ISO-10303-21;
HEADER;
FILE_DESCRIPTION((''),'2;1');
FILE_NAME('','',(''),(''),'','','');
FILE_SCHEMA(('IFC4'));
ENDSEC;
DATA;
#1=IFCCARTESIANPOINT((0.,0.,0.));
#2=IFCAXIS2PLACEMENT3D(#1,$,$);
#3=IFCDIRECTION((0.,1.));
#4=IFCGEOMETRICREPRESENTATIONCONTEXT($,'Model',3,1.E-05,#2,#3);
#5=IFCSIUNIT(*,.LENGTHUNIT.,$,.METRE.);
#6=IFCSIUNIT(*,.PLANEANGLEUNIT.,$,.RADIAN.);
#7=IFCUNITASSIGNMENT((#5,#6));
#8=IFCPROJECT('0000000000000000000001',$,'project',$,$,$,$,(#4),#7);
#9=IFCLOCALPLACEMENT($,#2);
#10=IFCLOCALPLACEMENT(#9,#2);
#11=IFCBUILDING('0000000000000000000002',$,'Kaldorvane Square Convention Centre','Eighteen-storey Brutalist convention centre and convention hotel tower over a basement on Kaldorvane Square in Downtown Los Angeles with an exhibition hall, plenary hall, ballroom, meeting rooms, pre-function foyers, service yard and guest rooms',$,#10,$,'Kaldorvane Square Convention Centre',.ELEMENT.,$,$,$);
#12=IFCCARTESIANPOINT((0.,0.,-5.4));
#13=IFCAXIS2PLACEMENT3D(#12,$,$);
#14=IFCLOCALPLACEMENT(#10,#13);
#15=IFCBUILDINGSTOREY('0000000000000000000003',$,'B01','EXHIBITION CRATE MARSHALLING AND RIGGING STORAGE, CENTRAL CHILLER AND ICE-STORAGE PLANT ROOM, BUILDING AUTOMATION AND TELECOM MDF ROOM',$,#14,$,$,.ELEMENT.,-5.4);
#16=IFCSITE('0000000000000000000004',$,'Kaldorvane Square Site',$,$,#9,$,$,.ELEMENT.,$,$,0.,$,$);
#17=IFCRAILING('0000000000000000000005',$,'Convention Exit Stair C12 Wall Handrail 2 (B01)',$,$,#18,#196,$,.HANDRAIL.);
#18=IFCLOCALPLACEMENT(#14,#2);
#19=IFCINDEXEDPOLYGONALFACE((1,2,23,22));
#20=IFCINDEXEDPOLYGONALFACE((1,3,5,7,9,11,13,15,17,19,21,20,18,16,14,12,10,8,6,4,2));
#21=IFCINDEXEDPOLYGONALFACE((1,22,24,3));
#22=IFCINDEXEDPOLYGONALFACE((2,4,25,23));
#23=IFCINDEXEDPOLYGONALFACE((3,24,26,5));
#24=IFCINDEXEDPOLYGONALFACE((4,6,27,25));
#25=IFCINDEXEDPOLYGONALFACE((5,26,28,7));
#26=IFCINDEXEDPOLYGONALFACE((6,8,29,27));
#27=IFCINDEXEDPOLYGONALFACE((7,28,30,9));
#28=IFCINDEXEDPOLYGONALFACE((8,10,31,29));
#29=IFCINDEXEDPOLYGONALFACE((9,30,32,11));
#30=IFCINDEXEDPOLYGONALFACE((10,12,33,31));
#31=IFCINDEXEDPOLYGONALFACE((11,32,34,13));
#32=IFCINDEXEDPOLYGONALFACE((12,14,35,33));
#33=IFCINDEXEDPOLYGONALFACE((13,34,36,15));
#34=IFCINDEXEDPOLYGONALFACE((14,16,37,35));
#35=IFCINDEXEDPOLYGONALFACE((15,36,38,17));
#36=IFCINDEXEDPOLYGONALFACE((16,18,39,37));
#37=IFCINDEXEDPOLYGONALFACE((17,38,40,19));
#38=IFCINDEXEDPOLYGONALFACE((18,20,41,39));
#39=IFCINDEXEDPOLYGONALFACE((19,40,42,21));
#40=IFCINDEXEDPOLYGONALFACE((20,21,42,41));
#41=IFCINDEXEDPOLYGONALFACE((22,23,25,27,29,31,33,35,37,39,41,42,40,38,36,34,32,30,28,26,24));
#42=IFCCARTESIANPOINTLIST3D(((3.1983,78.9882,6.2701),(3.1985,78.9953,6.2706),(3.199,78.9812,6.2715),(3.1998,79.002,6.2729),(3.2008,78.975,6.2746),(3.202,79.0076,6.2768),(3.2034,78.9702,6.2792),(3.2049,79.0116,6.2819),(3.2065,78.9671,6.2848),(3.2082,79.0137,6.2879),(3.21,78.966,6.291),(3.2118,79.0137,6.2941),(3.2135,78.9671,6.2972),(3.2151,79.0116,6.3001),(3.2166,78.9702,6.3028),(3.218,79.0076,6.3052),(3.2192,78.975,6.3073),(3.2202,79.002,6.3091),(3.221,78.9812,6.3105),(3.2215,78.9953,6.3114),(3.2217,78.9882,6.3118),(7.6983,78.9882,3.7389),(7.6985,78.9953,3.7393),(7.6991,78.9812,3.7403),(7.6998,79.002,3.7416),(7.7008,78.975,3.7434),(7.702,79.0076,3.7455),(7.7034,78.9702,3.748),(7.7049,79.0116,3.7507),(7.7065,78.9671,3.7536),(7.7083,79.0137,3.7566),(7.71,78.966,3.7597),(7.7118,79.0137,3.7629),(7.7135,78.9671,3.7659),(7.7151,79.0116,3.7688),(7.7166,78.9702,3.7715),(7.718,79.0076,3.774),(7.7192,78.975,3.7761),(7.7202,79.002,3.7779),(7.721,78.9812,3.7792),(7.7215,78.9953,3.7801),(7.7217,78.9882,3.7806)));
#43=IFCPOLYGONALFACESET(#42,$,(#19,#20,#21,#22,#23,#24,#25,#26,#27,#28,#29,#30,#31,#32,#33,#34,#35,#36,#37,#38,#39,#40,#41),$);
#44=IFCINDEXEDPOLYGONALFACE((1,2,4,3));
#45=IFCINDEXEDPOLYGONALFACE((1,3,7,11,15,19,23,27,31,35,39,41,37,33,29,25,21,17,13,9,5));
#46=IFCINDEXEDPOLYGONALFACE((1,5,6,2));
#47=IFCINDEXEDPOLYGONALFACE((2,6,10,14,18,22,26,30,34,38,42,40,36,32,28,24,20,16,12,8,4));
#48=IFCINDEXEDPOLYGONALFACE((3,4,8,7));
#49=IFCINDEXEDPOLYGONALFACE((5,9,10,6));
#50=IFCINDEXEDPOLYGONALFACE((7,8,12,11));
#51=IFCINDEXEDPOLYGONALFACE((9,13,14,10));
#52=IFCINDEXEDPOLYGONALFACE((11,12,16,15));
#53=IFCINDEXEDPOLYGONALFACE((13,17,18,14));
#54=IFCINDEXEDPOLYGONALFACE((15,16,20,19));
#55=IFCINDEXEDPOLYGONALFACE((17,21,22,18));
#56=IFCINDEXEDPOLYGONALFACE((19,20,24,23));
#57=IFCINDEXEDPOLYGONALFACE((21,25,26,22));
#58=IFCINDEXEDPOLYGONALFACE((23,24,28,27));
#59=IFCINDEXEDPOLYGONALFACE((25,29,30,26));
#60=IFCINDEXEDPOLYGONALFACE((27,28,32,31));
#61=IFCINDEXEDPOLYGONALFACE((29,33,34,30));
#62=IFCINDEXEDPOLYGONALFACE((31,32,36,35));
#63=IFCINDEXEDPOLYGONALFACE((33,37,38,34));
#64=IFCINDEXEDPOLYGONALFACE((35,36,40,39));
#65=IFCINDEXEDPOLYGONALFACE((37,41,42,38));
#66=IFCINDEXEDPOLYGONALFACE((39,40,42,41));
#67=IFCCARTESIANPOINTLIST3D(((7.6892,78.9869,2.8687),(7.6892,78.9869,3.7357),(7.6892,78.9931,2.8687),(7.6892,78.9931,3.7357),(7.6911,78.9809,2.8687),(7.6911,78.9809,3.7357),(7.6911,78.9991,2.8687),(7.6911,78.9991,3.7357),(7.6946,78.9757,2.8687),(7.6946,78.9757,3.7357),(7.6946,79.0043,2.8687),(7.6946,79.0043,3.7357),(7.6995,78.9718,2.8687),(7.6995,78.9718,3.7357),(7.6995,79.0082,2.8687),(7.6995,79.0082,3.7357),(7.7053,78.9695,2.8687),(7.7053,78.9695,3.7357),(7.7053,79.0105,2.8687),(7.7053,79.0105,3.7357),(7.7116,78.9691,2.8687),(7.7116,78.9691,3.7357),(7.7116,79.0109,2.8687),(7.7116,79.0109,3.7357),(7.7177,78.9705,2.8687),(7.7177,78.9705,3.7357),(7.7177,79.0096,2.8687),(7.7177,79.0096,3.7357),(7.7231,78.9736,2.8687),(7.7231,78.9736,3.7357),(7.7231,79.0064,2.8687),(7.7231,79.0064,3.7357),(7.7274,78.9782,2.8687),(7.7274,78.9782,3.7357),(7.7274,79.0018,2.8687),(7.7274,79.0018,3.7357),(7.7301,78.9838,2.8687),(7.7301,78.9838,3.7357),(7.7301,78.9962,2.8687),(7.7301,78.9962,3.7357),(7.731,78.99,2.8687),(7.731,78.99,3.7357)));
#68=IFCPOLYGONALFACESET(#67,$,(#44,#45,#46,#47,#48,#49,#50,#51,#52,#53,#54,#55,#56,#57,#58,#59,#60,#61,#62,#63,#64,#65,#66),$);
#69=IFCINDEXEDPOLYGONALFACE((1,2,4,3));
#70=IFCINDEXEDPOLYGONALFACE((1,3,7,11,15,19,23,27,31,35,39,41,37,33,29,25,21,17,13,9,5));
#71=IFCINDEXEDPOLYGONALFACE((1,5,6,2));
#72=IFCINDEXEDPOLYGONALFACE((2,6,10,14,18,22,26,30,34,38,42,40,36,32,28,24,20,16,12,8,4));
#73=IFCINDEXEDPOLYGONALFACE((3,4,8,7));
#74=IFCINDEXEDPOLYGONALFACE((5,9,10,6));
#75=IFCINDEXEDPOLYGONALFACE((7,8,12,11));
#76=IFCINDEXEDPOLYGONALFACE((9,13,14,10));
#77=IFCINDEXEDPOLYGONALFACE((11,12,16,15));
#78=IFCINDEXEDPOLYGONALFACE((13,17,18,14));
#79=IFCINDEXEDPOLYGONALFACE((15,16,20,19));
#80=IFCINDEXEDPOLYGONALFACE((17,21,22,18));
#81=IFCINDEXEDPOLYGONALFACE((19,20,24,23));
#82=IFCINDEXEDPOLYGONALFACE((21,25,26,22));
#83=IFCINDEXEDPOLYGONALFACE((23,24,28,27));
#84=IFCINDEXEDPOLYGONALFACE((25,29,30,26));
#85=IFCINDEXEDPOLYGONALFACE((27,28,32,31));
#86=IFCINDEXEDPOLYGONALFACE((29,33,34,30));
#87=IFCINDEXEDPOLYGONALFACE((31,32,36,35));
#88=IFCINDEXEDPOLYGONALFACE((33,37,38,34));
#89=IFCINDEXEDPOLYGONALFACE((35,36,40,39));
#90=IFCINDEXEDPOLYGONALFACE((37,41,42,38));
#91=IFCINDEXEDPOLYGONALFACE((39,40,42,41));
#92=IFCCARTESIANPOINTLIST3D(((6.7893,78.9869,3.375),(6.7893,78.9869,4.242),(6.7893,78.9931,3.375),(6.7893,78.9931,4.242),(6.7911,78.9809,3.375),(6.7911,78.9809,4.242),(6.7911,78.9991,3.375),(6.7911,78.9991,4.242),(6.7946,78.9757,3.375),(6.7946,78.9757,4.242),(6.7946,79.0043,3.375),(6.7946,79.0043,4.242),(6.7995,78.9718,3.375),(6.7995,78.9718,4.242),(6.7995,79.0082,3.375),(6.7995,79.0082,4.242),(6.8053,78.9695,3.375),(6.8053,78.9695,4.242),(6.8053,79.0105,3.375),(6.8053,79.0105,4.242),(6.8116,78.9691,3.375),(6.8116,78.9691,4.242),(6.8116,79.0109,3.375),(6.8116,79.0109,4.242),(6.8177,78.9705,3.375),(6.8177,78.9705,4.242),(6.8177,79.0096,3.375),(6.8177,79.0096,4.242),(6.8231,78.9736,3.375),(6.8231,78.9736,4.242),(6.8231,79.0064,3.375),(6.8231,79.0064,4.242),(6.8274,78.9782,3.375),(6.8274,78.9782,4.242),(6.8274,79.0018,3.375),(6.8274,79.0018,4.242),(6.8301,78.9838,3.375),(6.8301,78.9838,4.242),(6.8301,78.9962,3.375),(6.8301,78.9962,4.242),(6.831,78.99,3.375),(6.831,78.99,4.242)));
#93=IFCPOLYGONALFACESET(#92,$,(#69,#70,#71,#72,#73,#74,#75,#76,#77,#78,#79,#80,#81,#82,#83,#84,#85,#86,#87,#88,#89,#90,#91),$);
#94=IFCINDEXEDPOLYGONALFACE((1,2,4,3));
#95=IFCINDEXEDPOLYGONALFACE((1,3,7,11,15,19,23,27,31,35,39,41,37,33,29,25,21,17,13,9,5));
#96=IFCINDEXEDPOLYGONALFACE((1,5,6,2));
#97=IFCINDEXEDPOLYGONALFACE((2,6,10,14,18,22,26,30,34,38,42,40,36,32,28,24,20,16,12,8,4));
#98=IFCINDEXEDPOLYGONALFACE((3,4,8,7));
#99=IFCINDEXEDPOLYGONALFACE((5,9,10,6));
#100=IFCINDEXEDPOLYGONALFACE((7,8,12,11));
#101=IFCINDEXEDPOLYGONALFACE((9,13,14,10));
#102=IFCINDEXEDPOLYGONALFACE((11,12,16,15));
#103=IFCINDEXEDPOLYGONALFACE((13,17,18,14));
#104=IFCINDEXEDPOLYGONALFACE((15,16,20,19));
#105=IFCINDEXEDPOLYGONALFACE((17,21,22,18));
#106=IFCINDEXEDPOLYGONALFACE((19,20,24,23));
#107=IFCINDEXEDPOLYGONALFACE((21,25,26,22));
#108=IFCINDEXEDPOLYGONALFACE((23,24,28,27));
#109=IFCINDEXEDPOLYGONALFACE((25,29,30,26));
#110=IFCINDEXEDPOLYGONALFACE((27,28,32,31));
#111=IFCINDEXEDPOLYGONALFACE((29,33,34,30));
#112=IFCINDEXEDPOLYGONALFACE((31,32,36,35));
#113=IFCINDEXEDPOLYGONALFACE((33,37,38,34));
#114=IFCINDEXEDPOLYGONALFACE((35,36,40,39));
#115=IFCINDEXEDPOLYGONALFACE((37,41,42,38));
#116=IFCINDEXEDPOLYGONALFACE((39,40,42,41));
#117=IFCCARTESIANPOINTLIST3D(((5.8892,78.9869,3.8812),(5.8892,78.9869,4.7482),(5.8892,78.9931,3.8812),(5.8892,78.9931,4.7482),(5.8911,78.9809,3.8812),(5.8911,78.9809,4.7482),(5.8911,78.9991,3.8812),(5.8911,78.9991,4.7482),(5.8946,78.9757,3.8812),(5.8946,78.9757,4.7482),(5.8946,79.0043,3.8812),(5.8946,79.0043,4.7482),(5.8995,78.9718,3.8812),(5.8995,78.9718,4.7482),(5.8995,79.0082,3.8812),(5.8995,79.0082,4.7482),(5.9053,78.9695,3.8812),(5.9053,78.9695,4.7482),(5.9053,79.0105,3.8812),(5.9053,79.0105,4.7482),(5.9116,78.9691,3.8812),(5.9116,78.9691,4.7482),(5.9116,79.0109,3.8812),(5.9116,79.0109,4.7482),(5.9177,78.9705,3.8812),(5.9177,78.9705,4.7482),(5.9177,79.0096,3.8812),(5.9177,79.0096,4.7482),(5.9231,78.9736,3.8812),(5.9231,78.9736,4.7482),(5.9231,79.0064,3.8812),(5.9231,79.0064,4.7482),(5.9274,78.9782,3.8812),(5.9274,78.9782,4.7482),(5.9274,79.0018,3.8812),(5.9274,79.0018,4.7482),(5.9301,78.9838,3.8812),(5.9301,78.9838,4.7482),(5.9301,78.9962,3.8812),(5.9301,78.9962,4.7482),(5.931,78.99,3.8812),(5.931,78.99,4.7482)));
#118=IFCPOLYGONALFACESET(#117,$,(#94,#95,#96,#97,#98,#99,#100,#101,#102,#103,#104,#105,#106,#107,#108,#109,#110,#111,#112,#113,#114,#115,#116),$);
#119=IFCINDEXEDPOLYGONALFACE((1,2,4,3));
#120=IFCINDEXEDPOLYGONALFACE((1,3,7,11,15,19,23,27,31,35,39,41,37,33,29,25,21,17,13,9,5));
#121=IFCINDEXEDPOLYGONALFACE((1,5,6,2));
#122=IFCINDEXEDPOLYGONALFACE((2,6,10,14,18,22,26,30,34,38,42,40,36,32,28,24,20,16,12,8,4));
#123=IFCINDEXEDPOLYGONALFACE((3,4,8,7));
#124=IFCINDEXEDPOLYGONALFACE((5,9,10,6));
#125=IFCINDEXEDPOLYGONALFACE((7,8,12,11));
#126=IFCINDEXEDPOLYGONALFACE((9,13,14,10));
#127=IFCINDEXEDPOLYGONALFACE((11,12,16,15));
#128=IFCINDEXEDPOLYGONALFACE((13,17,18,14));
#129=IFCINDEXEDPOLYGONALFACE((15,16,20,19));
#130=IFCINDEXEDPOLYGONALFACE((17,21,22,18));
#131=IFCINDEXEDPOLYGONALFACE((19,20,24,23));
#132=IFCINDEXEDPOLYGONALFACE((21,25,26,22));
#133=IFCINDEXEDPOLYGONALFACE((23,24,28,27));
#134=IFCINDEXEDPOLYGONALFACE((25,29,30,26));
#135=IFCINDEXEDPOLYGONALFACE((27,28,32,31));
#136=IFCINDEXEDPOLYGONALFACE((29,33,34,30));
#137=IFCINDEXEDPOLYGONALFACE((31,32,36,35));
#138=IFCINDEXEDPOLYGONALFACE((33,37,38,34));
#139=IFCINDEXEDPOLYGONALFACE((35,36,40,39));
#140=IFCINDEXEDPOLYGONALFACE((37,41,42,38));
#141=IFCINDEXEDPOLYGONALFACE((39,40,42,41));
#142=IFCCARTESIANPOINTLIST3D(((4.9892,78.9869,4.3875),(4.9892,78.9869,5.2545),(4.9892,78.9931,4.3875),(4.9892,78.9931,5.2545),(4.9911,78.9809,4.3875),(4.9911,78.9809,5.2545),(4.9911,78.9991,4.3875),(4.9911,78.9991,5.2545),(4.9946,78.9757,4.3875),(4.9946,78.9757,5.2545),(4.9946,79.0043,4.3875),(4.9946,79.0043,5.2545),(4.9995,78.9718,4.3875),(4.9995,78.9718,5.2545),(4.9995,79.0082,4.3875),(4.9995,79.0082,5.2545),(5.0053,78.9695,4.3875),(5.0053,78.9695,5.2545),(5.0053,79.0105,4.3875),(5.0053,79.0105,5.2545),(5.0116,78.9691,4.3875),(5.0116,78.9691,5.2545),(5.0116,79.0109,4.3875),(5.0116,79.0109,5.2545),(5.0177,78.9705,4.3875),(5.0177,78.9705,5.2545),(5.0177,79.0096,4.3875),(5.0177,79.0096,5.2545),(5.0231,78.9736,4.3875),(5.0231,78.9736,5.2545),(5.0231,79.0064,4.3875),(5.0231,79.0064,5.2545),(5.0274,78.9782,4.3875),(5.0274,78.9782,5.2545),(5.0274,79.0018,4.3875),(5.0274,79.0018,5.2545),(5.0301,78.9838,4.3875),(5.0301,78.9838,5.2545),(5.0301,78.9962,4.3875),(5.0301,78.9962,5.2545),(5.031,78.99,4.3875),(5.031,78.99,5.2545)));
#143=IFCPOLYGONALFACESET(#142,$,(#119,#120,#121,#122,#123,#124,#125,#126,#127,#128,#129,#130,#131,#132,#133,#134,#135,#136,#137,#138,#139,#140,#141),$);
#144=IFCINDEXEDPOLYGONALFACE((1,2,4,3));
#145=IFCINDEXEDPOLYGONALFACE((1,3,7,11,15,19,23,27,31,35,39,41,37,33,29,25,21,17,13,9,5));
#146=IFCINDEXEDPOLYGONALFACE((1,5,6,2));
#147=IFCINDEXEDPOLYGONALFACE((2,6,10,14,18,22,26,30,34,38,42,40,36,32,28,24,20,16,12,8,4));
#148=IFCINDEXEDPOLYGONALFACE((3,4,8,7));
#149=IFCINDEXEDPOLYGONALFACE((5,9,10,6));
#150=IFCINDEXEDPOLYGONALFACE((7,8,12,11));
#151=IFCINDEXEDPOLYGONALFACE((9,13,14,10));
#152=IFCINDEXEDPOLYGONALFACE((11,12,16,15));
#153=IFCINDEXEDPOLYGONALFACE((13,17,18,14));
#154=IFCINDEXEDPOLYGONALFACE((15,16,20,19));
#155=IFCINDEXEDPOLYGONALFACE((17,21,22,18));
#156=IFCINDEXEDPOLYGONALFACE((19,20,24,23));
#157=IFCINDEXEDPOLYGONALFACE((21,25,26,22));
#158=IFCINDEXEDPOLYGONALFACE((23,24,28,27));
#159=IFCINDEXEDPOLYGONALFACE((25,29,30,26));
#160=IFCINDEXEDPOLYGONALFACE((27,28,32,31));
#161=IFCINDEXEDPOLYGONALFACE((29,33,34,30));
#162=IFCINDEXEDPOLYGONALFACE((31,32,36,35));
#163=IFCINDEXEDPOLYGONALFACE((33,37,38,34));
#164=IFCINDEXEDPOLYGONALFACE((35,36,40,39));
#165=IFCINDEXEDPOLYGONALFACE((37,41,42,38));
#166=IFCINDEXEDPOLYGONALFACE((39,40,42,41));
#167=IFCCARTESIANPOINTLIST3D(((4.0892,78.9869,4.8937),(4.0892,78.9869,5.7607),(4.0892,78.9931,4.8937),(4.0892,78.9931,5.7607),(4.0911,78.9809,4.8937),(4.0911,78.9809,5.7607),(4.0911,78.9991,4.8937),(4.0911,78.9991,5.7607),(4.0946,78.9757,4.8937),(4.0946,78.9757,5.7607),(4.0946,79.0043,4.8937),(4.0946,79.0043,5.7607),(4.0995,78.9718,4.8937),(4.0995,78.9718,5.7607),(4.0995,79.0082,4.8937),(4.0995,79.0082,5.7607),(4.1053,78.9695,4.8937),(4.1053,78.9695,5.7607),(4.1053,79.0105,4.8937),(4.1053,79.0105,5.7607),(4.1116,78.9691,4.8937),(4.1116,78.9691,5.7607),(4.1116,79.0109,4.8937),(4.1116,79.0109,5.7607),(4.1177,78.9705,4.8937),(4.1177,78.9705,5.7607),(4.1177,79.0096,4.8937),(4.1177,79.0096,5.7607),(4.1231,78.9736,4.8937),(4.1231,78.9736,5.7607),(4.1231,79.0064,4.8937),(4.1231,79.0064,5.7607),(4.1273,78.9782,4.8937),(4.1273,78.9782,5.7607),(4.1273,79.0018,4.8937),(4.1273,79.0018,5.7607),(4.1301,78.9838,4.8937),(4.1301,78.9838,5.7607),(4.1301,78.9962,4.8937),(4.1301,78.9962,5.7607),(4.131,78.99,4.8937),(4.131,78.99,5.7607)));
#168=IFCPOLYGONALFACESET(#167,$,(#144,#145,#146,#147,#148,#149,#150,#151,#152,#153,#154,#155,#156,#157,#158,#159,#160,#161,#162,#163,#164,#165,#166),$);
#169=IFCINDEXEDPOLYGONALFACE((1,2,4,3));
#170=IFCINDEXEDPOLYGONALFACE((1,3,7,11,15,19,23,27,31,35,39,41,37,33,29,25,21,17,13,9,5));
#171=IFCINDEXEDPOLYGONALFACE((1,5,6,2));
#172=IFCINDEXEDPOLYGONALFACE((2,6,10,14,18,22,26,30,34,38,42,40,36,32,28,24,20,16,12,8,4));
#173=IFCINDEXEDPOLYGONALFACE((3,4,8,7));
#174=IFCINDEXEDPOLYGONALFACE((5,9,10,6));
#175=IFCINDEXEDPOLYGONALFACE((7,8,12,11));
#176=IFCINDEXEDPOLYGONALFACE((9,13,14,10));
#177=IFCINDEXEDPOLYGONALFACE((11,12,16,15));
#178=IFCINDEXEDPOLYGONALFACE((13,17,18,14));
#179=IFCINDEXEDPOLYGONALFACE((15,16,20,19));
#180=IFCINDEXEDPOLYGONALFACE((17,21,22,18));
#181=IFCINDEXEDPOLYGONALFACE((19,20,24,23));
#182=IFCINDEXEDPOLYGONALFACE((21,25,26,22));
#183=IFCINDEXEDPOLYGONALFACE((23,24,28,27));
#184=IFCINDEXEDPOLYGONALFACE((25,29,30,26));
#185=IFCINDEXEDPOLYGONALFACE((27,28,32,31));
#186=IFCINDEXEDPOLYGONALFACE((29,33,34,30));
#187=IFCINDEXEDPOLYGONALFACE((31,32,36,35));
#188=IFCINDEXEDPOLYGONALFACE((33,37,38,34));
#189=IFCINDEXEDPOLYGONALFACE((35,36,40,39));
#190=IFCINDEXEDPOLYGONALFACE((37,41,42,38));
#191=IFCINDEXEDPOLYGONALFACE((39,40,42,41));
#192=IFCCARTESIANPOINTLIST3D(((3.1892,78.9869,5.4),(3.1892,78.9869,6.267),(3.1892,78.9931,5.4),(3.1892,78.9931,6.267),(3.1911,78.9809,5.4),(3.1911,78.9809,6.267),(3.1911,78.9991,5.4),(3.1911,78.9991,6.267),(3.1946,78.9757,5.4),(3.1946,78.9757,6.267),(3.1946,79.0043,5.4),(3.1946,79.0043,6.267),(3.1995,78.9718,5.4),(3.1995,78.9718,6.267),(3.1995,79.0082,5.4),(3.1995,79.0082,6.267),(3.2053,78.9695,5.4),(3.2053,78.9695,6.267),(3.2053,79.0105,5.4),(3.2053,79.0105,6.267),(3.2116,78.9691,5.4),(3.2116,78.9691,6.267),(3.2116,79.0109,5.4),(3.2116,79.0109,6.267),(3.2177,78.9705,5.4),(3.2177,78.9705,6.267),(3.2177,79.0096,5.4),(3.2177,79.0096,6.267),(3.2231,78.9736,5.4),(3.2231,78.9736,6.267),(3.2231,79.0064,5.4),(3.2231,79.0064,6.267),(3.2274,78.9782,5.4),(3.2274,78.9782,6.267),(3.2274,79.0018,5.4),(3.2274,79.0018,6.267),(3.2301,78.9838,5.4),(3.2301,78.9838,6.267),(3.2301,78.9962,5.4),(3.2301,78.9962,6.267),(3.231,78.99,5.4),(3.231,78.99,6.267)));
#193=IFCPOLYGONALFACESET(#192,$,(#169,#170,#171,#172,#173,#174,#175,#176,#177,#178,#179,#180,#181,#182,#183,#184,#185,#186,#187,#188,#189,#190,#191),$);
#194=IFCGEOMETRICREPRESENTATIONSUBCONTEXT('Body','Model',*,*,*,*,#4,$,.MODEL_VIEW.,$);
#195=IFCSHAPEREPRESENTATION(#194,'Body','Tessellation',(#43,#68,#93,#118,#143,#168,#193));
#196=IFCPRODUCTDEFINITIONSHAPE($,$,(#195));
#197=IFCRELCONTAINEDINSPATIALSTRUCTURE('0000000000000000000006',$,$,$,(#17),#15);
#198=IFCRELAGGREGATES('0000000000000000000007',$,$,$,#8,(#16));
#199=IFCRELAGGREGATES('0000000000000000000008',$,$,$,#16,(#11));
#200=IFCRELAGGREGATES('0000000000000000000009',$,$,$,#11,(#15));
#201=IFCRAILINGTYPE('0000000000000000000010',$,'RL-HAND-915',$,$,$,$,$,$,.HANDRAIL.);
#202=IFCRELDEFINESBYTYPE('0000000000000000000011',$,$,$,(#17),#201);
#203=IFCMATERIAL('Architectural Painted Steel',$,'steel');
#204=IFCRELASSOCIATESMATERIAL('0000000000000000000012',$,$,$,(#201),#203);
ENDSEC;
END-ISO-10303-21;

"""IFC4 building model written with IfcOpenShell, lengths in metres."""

from ifc_helpers import new_model, si_unit, direction, frame, origin, origin_2d, place, context, subcontext, project, spatial, circle, extrude, material, type_object, element, save


model = new_model("IFC4")

# Units and contexts
model_context = context("Model", 3, precision=1e-05, world=origin(), true_north=direction((0.0, 1.0)))
body_context = subcontext(model_context, "Body", "Model", "MODEL_VIEW")
ifc_project = project(units=[si_unit("LENGTHUNIT", "METRE"), si_unit("PLANEANGLEUNIT", "RADIAN")], contexts=[model_context])

# Site, building, storey
site_placement = place(None, origin())
site = spatial("IfcSite", under=ifc_project, at=site_placement, Name="Kaldorvane Square Site", CompositionType="ELEMENT", RefElevation=0.0)
building_placement = place(site_placement, origin())
building = spatial("IfcBuilding", under=site, at=building_placement, Name="Kaldorvane Square Convention Centre", Description="Eighteen-storey Brutalist convention centre and convention hotel tower over a basement on Kaldorvane Square in Downtown Los Angeles with an exhibition hall, plenary hall, ballroom, meeting rooms, pre-function foyers, service yard and guest rooms", LongName="Kaldorvane Square Convention Centre", CompositionType="ELEMENT")
storey_placement = place(building_placement, frame((0.0, 0.0, -5.4)))
storey = spatial("IfcBuildingStorey", under=building, at=storey_placement, Name="B01", Description="EXHIBITION CRATE MARSHALLING AND RIGGING STORAGE, CENTRAL CHILLER AND ICE-STORAGE PLANT ROOM, BUILDING AUTOMATION AND TELECOM MDF ROOM", CompositionType="ELEMENT", Elevation=-5.4)

# Railing
ifc_material_1 = material(Name="Architectural Painted Steel", Category="steel")
railing_type_1 = type_object("IfcRailingType", Name="RL-HAND-915", PredefinedType="HANDRAIL", material=ifc_material_1)
railing_1_placement = place(storey_placement, frame((7.71, 78.99, 2.8687)))
element("IfcRailing", 1, at=railing_1_placement, inside=storey, type_object=railing_type_1, Name="Convention Exit Stair C12 Wall Handrail 2 (B01)", PredefinedType="HANDRAIL", context=body_context, shape_type="SweptSolid", body=[
    extrude(circle(Radius=0.024, at=origin_2d()), frame((0.0, 0.0, 0.891), z_axis=(-0.871576, 0.0, 0.490261), x_axis=(0.0, -1.0, 0.0)), (0.0, 0.0, 1.0), 5.1631),
    extrude(circle(Radius=0.021, at=origin_2d()), origin(), (0.0, 0.0, 1.0), 0.867),
    extrude(circle(Radius=0.021, at=origin_2d()), frame((-0.9, 0.0, 0.5063)), (0.0, 0.0, 1.0), 0.867),
    extrude(circle(Radius=0.021, at=origin_2d()), frame((-1.8, 0.0, 1.0125)), (0.0, 0.0, 1.0), 0.867),
    extrude(circle(Radius=0.021, at=origin_2d()), frame((-2.7, 0.0, 1.5188)), (0.0, 0.0, 1.0), 0.867),
    extrude(circle(Radius=0.021, at=origin_2d()), frame((-3.6, 0.0, 2.025)), (0.0, 0.0, 1.0), 0.867),
    extrude(circle(Radius=0.021, at=origin_2d()), frame((-4.5, 0.0, 2.5312)), (0.0, 0.0, 1.0), 0.867),
])

save(model, "model.ifc")
